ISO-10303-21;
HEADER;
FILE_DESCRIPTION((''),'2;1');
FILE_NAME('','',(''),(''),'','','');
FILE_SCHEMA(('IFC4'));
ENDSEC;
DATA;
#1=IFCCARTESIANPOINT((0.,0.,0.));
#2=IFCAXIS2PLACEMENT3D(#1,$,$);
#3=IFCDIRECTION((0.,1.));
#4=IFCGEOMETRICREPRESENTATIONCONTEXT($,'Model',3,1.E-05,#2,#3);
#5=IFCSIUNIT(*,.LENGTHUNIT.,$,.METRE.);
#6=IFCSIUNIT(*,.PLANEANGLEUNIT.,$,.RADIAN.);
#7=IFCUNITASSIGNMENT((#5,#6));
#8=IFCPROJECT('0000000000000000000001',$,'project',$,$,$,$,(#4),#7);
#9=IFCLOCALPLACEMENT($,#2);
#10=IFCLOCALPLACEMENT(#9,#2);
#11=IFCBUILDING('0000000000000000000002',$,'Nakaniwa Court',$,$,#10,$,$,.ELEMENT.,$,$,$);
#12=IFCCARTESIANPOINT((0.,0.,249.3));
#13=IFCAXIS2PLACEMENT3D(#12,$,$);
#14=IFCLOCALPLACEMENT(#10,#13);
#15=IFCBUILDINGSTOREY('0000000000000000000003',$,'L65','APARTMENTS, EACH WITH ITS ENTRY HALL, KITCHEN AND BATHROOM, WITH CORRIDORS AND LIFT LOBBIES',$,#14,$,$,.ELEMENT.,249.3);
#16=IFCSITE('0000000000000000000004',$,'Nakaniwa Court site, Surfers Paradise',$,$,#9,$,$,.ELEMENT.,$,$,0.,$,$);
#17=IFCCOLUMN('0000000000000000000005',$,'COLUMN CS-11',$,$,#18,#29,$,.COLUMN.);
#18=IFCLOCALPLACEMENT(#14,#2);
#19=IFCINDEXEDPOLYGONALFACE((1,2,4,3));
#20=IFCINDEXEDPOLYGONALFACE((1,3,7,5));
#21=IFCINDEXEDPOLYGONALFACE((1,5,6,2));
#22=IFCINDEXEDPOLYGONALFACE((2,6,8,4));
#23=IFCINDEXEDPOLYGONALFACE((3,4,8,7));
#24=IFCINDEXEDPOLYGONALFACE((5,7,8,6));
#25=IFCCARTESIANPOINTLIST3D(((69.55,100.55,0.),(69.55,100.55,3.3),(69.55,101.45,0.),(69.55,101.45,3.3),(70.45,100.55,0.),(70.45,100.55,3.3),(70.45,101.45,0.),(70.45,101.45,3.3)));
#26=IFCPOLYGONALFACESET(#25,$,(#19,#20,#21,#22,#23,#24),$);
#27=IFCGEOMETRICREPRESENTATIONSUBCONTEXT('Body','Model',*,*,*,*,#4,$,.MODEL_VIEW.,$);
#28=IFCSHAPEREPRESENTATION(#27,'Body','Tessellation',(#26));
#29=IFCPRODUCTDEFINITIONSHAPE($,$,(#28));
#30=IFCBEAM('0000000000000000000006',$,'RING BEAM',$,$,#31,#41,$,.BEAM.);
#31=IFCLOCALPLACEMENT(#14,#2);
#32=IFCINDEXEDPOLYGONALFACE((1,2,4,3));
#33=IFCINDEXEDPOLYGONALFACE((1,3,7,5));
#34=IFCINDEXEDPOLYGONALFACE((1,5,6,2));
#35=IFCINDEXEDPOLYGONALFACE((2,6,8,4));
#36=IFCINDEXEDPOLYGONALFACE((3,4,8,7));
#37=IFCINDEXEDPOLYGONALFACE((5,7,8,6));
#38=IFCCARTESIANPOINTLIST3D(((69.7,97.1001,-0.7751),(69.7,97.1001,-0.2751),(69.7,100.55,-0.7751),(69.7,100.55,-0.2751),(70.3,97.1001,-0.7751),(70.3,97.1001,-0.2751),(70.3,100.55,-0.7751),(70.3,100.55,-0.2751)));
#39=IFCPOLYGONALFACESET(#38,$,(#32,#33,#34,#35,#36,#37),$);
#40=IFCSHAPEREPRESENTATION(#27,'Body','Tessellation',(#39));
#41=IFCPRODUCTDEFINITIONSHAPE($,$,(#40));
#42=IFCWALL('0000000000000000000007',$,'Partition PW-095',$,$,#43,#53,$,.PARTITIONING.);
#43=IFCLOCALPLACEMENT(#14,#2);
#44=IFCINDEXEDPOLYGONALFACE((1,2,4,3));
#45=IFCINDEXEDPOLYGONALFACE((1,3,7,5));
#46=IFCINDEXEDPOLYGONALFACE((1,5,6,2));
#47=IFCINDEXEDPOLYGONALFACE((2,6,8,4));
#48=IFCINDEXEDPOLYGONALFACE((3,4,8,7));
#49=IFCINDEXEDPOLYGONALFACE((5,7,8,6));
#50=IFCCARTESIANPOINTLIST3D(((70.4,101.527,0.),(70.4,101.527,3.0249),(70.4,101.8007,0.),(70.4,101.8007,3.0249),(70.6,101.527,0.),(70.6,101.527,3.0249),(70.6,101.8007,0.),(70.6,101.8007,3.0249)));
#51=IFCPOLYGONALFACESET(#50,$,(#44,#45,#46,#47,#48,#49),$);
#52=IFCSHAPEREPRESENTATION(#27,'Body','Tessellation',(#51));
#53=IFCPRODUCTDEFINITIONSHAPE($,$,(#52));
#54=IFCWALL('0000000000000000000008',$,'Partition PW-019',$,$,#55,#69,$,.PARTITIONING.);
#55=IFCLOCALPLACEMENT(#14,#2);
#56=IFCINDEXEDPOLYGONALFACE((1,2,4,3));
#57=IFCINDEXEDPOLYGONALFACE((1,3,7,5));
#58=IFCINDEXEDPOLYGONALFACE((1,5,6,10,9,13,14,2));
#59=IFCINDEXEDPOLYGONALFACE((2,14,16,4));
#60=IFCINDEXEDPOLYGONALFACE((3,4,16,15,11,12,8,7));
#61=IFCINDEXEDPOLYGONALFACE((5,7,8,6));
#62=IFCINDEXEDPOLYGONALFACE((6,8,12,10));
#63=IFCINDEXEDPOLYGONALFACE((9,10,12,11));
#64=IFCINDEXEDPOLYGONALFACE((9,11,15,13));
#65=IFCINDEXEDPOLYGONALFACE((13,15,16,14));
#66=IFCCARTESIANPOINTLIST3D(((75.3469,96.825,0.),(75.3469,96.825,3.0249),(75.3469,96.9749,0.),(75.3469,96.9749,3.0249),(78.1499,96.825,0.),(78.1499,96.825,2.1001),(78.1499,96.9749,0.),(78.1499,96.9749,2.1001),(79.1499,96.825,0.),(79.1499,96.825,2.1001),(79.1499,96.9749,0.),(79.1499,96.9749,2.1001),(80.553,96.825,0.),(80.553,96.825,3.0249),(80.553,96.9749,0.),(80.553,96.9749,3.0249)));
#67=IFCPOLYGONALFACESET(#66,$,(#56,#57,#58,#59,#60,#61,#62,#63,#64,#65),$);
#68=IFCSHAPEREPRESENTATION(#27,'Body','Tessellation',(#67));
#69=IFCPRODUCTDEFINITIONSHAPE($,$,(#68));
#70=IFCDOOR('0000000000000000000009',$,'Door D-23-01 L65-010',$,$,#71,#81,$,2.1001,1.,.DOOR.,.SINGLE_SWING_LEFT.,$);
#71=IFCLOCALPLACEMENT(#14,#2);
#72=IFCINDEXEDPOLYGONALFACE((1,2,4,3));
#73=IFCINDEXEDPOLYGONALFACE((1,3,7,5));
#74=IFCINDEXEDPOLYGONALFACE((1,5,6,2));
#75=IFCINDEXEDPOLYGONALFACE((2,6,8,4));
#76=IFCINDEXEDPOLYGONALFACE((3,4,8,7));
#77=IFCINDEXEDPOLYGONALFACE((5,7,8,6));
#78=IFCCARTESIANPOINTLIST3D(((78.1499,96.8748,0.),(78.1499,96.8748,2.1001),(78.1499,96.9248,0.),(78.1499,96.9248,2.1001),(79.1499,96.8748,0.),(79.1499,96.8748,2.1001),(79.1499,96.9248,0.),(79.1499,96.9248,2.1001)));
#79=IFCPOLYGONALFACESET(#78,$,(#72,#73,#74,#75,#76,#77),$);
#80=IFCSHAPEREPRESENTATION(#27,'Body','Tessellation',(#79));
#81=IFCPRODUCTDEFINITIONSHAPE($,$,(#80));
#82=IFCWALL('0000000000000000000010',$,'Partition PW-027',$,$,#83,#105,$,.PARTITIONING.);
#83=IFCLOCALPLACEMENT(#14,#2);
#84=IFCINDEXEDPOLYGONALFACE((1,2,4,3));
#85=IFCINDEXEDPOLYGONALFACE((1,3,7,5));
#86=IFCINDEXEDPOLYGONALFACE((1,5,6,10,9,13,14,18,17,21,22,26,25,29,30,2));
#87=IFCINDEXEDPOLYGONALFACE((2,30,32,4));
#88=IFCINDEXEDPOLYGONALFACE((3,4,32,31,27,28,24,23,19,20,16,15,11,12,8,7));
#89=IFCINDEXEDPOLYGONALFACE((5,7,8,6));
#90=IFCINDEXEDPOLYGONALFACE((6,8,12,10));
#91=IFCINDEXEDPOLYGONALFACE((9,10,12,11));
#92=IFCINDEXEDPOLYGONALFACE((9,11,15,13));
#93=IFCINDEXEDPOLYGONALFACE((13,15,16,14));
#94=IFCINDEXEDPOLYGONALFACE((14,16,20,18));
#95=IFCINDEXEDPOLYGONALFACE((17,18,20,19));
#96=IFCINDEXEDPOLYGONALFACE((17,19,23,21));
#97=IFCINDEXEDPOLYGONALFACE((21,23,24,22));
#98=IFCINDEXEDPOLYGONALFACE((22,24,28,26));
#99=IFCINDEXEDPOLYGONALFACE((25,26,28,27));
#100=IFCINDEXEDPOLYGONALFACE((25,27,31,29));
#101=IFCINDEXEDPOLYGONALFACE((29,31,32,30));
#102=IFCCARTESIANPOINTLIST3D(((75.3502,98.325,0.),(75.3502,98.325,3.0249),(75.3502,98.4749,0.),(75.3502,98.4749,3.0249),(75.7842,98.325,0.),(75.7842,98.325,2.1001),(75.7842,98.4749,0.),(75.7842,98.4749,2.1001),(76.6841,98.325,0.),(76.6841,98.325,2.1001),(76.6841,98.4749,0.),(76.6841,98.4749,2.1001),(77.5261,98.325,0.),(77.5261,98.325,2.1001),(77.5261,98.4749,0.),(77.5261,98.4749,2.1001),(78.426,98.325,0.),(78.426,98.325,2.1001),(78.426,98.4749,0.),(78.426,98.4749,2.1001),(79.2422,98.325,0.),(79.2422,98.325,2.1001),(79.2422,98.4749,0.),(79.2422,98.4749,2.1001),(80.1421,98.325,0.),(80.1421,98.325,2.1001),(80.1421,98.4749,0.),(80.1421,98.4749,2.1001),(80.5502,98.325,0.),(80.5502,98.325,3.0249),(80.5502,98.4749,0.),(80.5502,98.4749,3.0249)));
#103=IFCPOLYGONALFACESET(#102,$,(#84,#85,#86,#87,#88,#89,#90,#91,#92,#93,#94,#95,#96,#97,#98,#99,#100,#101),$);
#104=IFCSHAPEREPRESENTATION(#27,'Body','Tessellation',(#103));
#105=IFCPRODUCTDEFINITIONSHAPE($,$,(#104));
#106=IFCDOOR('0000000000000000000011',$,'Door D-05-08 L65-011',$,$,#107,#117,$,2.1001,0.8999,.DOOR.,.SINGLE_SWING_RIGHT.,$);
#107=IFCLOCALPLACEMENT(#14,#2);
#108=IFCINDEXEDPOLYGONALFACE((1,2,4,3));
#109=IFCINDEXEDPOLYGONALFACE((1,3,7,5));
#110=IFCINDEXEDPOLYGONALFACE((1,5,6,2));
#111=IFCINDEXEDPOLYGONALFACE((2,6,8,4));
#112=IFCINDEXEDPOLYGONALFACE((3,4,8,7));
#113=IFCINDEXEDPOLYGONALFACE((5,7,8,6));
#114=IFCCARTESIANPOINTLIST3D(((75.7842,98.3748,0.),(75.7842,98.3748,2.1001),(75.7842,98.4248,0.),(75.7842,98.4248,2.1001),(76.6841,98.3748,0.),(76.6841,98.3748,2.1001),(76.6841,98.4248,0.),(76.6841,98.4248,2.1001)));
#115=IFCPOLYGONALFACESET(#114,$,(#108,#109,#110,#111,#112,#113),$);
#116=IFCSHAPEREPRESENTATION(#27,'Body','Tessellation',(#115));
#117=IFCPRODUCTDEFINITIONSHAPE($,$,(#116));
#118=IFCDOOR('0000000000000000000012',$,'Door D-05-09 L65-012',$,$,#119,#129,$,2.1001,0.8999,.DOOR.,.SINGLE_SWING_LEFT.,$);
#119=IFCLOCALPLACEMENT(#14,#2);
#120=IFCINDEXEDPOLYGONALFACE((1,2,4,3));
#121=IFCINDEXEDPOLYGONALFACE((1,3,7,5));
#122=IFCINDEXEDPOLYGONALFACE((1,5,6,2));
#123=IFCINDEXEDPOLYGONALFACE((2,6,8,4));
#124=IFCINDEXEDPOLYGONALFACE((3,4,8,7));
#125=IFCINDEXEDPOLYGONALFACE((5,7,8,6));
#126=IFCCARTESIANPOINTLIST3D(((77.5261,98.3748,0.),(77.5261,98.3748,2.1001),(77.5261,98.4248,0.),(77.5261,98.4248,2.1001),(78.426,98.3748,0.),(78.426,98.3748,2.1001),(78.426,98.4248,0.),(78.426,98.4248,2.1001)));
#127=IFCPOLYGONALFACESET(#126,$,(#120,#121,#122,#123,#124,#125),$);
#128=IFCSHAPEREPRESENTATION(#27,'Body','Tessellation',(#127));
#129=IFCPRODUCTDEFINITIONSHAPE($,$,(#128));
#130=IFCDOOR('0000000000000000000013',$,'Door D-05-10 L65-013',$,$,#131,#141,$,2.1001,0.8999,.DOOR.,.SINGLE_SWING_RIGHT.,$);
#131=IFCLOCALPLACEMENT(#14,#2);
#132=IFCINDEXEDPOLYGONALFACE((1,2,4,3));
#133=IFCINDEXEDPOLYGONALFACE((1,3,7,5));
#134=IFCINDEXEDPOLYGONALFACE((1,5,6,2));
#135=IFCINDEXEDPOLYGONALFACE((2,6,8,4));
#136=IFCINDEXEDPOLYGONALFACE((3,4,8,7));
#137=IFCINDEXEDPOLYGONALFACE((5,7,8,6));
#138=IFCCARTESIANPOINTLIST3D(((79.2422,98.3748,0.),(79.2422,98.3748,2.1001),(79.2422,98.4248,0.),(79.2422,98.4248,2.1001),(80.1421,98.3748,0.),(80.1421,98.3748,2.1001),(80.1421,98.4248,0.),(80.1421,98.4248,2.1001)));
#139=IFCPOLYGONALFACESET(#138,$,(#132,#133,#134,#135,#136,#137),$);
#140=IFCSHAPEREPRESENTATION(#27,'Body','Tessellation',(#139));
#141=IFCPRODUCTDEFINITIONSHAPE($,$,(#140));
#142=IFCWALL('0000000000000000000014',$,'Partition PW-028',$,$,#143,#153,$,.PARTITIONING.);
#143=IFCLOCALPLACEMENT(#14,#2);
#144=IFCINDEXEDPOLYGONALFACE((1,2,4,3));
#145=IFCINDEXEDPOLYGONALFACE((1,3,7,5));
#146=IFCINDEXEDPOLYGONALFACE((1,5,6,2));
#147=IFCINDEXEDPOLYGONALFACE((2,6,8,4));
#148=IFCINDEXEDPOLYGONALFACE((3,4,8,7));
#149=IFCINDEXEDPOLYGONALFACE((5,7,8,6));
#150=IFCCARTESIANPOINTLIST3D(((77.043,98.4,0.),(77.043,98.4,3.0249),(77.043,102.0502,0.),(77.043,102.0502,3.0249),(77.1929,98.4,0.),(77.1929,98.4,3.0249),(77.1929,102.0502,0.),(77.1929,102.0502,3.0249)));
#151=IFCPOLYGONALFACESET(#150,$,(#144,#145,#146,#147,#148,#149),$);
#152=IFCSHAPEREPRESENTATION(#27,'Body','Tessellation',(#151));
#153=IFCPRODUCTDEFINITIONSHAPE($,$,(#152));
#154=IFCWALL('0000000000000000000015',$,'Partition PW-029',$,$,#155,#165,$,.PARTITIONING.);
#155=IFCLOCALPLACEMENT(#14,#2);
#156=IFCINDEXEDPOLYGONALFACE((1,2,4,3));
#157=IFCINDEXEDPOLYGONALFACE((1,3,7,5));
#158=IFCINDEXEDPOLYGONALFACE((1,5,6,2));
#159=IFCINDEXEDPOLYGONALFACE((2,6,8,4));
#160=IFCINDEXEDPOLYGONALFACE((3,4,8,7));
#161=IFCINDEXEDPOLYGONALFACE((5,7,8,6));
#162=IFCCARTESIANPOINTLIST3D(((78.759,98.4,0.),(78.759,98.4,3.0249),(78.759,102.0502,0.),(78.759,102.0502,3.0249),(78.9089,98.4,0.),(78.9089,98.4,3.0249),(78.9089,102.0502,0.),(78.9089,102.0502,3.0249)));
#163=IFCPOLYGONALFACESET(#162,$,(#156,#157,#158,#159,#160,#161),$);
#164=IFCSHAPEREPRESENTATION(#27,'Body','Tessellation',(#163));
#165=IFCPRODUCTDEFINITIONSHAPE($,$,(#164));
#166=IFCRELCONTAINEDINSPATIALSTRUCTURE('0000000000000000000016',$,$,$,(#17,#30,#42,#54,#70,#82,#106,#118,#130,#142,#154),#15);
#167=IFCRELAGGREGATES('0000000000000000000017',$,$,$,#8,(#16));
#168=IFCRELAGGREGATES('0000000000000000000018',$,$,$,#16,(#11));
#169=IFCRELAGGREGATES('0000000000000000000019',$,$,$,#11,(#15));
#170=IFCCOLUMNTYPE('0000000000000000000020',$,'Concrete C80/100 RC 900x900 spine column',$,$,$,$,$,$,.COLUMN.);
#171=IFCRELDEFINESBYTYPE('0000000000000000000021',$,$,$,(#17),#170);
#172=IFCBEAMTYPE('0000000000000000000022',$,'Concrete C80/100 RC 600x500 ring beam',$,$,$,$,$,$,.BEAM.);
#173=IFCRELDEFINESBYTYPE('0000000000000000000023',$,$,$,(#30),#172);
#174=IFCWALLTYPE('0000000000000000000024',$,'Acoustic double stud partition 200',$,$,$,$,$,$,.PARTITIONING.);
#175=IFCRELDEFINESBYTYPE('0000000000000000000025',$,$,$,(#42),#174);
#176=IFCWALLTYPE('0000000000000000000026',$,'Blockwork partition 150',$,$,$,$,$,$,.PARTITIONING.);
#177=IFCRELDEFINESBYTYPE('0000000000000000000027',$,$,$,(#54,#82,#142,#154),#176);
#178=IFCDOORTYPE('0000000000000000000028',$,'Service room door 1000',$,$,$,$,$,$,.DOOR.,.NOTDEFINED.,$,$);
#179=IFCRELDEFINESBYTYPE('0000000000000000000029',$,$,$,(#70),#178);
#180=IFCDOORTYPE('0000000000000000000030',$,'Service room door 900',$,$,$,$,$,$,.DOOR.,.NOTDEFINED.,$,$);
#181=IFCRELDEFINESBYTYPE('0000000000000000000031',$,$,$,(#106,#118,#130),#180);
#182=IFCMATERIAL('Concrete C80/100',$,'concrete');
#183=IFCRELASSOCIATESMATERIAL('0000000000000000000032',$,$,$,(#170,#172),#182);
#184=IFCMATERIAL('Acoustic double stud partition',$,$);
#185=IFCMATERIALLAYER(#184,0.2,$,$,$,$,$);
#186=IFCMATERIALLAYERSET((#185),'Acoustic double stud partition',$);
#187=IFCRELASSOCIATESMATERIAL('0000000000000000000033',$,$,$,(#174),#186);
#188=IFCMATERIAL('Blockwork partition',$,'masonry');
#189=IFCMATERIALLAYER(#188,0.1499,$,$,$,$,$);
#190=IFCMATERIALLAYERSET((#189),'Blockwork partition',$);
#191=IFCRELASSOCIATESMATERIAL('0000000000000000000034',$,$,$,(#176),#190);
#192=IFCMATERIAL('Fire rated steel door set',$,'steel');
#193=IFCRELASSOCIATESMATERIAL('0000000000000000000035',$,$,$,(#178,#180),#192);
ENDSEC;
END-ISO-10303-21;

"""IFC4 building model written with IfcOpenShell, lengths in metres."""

from ifc_helpers import new_model, si_unit, direction, frame, frame_2d, origin, origin_2d, place, context, subcontext, project, spatial, rectangle, extrude, material, layer, layer_set, material_profile, profile_set, type_object, element, fill, save


model = new_model("IFC4")

# Units and contexts
model_context = context("Model", 3, precision=1e-05, world=origin(), true_north=direction((0.0, 1.0)))
body_context = subcontext(model_context, "Body", "Model", "MODEL_VIEW")
ifc_project = project(units=[si_unit("LENGTHUNIT", "METRE"), si_unit("PLANEANGLEUNIT", "RADIAN")], contexts=[model_context])

# Site, building, storey
site_placement = place(None, origin())
site = spatial("IfcSite", under=ifc_project, at=site_placement, Name="Nakaniwa Court site, Surfers Paradise", CompositionType="ELEMENT", RefElevation=0.0)
building_placement = place(site_placement, origin())
building = spatial("IfcBuilding", under=site, at=building_placement, Name="Nakaniwa Court", CompositionType="ELEMENT")
storey_placement = place(building_placement, frame((0.0, 0.0, 249.3)))
storey = spatial("IfcBuildingStorey", under=building, at=storey_placement, Name="L65", Description="APARTMENTS, EACH WITH ITS ENTRY HALL, KITCHEN AND BATHROOM, WITH CORRIDORS AND LIFT LOBBIES", CompositionType="ELEMENT", Elevation=249.3)

# Column
ifc_material_1 = material(Name="Concrete C80/100", Category="concrete")
ifc_material_profile_1 = material_profile(ifc_material_1, rectangle(XDim=0.8999, YDim=0.8999, at=origin_2d()), Name="Concrete C80/100 RC 900x900 spine column")
ifc_profile_set_1 = profile_set([ifc_material_profile_1], Name="Concrete C80/100")
column_type = type_object("IfcColumnType", Name="Concrete C80/100 RC 900x900 spine column", PredefinedType="COLUMN", material=ifc_profile_set_1)
column_placement = place(storey_placement, frame((70.0, 101.0, 0.0), z_axis=(0.0, 0.0, 1.0), x_axis=(0.0, -1.0, 0.0)))
element("IfcColumn", 1, at=column_placement, inside=storey, type_object=column_type, Name="COLUMN CS-11", PredefinedType="COLUMN", context=body_context, shape_type="SweptSolid", body=[
    extrude(rectangle(XDim=0.8999, YDim=0.8999, at=origin_2d()), origin(), (0.0, 0.0, 1.0), 3.3),
])

# Beam
ifc_material_profile_2 = material_profile(ifc_material_1, rectangle(XDim=0.6001, YDim=0.5, at=origin_2d()), Name="Concrete C80/100 RC 600x500 ring beam")
ifc_profile_set_2 = profile_set([ifc_material_profile_2], Name="Concrete C80/100")
beam_type = type_object("IfcBeamType", Name="Concrete C80/100 RC 600x500 ring beam", PredefinedType="BEAM", material=ifc_profile_set_2)
beam_placement = place(storey_placement, frame((70.0, 100.55, -0.5251), z_axis=(0.0, -1.0, 0.0), x_axis=(1.0, 0.0, 0.0)))
element("IfcBeam", 2, at=beam_placement, inside=storey, type_object=beam_type, Name="RING BEAM", PredefinedType="BEAM", context=body_context, shape_type="SweptSolid", body=[
    extrude(rectangle(XDim=0.6001, YDim=0.5, at=origin_2d()), origin(), (0.0, 0.0, 1.0), 3.45),
])

# Wall
ifc_material_2 = material(Name="Acoustic double stud partition")
ifc_layer_1 = layer(ifc_material_2, 0.2)
ifc_layer_set_1 = layer_set([ifc_layer_1], Name="Acoustic double stud partition")
wall_type_1 = type_object("IfcWallType", Name="Acoustic double stud partition 200", PredefinedType="PARTITIONING", material=ifc_layer_set_1)
wall_1_placement = place(storey_placement, frame((70.5, 101.5271, 0.0), z_axis=(0.0, 0.0, 1.0), x_axis=(0.0, 1.0, 0.0)))
element("IfcWall", 3, at=wall_1_placement, inside=storey, type_object=wall_type_1, Name="Partition PW-095", PredefinedType="PARTITIONING", context=body_context, shape_type="SweptSolid", body=[
    extrude(rectangle(XDim=0.2737, YDim=0.2, at=frame_2d((0.1367, 0.0))), origin(), (0.0, 0.0, 1.0), 3.0249),
])

# Wall, opening, door
ifc_material_3 = material(Name="Blockwork partition", Category="masonry")
ifc_layer_2 = layer(ifc_material_3, 0.1499)
ifc_layer_set_2 = layer_set([ifc_layer_2], Name="Blockwork partition")
wall_type_2 = type_object("IfcWallType", Name="Blockwork partition 150", PredefinedType="PARTITIONING", material=ifc_layer_set_2)
wall_2_placement = place(storey_placement, frame((75.3469, 96.8999, 0.0), z_axis=(0.0, 0.0, 1.0), x_axis=(1.0, 0.0, 0.0)))
wall_2 = element("IfcWall", 4, at=wall_2_placement, inside=storey, type_object=wall_type_2, Name="Partition PW-019", PredefinedType="PARTITIONING", context=body_context, shape_type="SweptSolid", body=[
    extrude(rectangle(XDim=5.2061, YDim=0.1499, at=frame_2d((2.603, 0.0))), origin(), (0.0, 0.0, 1.0), 3.0249),
])
opening_1_placement = place(wall_2_placement, frame((2.803, 0.0, 0.0)))
opening_1 = element("IfcOpeningElement", 5, at=opening_1_placement, cuts=wall_2, PredefinedType="OPENING", context=body_context, shape_type="SweptSolid", body=[
    extrude(rectangle(XDim=1.0, YDim=2.1001, at=frame_2d((0.5, 1.05))), frame((0.0, 0.085, 0.0), z_axis=(0.0, -1.0, 0.0), x_axis=(1.0, 0.0, 0.0)), (0.0, 0.0, 1.0), 0.1699),
])
ifc_material_4 = material(Name="Fire rated steel door set", Category="steel")
door_type_1 = type_object("IfcDoorType", Name="Service room door 1000", OperationType="NOTDEFINED", PredefinedType="DOOR", material=ifc_material_4)
door_1_placement = place(opening_1_placement, origin())
door_1 = element("IfcDoor", 6, at=door_1_placement, inside=storey, type_object=door_type_1, Name="Door D-23-01 L65-010", OperationType="SINGLE_SWING_LEFT", OverallHeight=2.1001, OverallWidth=1.0, PredefinedType="DOOR", context=body_context, shape_type="SweptSolid", body=[
    extrude(rectangle(XDim=1.0, YDim=2.1001, at=frame_2d((0.5, 1.05))), frame((0.0, 0.0249, 0.0), z_axis=(0.0, -1.0, 0.0), x_axis=(1.0, 0.0, 0.0)), (0.0, 0.0, 1.0), 0.05),
])
fill(opening_1, door_1)

# Wall, openings, doors
wall_3_placement = place(storey_placement, frame((75.3501, 98.3999, 0.0), z_axis=(0.0, 0.0, 1.0), x_axis=(1.0, 0.0, 0.0)))
wall_3 = element("IfcWall", 7, at=wall_3_placement, inside=storey, type_object=wall_type_2, Name="Partition PW-027", PredefinedType="PARTITIONING", context=body_context, shape_type="SweptSolid", body=[
    extrude(rectangle(XDim=5.2, YDim=0.1499, at=frame_2d((2.6001, 0.0))), origin(), (0.0, 0.0, 1.0), 3.0249),
])
opening_2_placement = place(wall_3_placement, frame((0.4341, 0.0, 0.0)))
opening_2 = element("IfcOpeningElement", 8, at=opening_2_placement, cuts=wall_3, PredefinedType="OPENING", context=body_context, shape_type="SweptSolid", body=[
    extrude(rectangle(XDim=0.8999, YDim=2.1001, at=frame_2d((0.45, 1.05))), frame((0.0, 0.085, 0.0), z_axis=(0.0, -1.0, 0.0), x_axis=(1.0, 0.0, 0.0)), (0.0, 0.0, 1.0), 0.1699),
])
opening_3_placement = place(wall_3_placement, frame((2.176, 0.0, 0.0)))
opening_3 = element("IfcOpeningElement", 9, at=opening_3_placement, cuts=wall_3, PredefinedType="OPENING", context=body_context, shape_type="SweptSolid", body=[
    extrude(rectangle(XDim=0.8999, YDim=2.1001, at=frame_2d((0.45, 1.05))), frame((0.0, 0.085, 0.0), z_axis=(0.0, -1.0, 0.0), x_axis=(1.0, 0.0, 0.0)), (0.0, 0.0, 1.0), 0.1699),
])
opening_4_placement = place(wall_3_placement, frame((3.8921, 0.0, 0.0)))
opening_4 = element("IfcOpeningElement", 10, at=opening_4_placement, cuts=wall_3, PredefinedType="OPENING", context=body_context, shape_type="SweptSolid", body=[
    extrude(rectangle(XDim=0.8999, YDim=2.1001, at=frame_2d((0.45, 1.05))), frame((0.0, 0.085, 0.0), z_axis=(0.0, -1.0, 0.0), x_axis=(1.0, 0.0, 0.0)), (0.0, 0.0, 1.0), 0.1699),
])
door_type_2 = type_object("IfcDoorType", Name="Service room door 900", OperationType="NOTDEFINED", PredefinedType="DOOR", material=ifc_material_4)
door_2_placement = place(opening_2_placement, origin())
door_2 = element("IfcDoor", 11, at=door_2_placement, inside=storey, type_object=door_type_2, Name="Door D-05-08 L65-011", OperationType="SINGLE_SWING_RIGHT", OverallHeight=2.1001, OverallWidth=0.8999, PredefinedType="DOOR", context=body_context, shape_type="SweptSolid", body=[
    extrude(rectangle(XDim=0.8999, YDim=2.1001, at=frame_2d((0.45, 1.05))), frame((0.0, 0.0249, 0.0), z_axis=(0.0, -1.0, 0.0), x_axis=(1.0, 0.0, 0.0)), (0.0, 0.0, 1.0), 0.05),
])
fill(opening_2, door_2)
door_3_placement = place(opening_3_placement, origin())
door_3 = element("IfcDoor", 12, at=door_3_placement, inside=storey, type_object=door_type_2, Name="Door D-05-09 L65-012", OperationType="SINGLE_SWING_LEFT", OverallHeight=2.1001, OverallWidth=0.8999, PredefinedType="DOOR", context=body_context, shape_type="SweptSolid", body=[
    extrude(rectangle(XDim=0.8999, YDim=2.1001, at=frame_2d((0.45, 1.05))), frame((0.0, 0.0249, 0.0), z_axis=(0.0, -1.0, 0.0), x_axis=(1.0, 0.0, 0.0)), (0.0, 0.0, 1.0), 0.05),
])
fill(opening_3, door_3)
door_4_placement = place(opening_4_placement, origin())
door_4 = element("IfcDoor", 13, at=door_4_placement, inside=storey, type_object=door_type_2, Name="Door D-05-10 L65-013", OperationType="SINGLE_SWING_RIGHT", OverallHeight=2.1001, OverallWidth=0.8999, PredefinedType="DOOR", context=body_context, shape_type="SweptSolid", body=[
    extrude(rectangle(XDim=0.8999, YDim=2.1001, at=frame_2d((0.45, 1.05))), frame((0.0, 0.0249, 0.0), z_axis=(0.0, -1.0, 0.0), x_axis=(1.0, 0.0, 0.0)), (0.0, 0.0, 1.0), 0.05),
])
fill(opening_4, door_4)

# Walls
for number, where, z_axis, x_axis, name in (
    (14, (77.1179, 98.3999, 0.0), (0.0, 0.0, 1.0), (0.0, 1.0, 0.0), "Partition PW-028"),
    (15, (78.834, 98.3999, 0.0), (0.0, 0.0, 1.0), (0.0, 1.0, 0.0), "Partition PW-029"),
):
    element("IfcWall", number, at=place(storey_placement, frame(where, z_axis=z_axis, x_axis=x_axis)), inside=storey, type_object=wall_type_2, Name=name, PredefinedType="PARTITIONING", context=body_context, shape_type="SweptSolid", body=[
        extrude(rectangle(XDim=3.6501, YDim=0.1499, at=frame_2d((1.8252, 0.0))), origin(), (0.0, 0.0, 1.0), 3.0249),
    ])

save(model, "model.ifc")
